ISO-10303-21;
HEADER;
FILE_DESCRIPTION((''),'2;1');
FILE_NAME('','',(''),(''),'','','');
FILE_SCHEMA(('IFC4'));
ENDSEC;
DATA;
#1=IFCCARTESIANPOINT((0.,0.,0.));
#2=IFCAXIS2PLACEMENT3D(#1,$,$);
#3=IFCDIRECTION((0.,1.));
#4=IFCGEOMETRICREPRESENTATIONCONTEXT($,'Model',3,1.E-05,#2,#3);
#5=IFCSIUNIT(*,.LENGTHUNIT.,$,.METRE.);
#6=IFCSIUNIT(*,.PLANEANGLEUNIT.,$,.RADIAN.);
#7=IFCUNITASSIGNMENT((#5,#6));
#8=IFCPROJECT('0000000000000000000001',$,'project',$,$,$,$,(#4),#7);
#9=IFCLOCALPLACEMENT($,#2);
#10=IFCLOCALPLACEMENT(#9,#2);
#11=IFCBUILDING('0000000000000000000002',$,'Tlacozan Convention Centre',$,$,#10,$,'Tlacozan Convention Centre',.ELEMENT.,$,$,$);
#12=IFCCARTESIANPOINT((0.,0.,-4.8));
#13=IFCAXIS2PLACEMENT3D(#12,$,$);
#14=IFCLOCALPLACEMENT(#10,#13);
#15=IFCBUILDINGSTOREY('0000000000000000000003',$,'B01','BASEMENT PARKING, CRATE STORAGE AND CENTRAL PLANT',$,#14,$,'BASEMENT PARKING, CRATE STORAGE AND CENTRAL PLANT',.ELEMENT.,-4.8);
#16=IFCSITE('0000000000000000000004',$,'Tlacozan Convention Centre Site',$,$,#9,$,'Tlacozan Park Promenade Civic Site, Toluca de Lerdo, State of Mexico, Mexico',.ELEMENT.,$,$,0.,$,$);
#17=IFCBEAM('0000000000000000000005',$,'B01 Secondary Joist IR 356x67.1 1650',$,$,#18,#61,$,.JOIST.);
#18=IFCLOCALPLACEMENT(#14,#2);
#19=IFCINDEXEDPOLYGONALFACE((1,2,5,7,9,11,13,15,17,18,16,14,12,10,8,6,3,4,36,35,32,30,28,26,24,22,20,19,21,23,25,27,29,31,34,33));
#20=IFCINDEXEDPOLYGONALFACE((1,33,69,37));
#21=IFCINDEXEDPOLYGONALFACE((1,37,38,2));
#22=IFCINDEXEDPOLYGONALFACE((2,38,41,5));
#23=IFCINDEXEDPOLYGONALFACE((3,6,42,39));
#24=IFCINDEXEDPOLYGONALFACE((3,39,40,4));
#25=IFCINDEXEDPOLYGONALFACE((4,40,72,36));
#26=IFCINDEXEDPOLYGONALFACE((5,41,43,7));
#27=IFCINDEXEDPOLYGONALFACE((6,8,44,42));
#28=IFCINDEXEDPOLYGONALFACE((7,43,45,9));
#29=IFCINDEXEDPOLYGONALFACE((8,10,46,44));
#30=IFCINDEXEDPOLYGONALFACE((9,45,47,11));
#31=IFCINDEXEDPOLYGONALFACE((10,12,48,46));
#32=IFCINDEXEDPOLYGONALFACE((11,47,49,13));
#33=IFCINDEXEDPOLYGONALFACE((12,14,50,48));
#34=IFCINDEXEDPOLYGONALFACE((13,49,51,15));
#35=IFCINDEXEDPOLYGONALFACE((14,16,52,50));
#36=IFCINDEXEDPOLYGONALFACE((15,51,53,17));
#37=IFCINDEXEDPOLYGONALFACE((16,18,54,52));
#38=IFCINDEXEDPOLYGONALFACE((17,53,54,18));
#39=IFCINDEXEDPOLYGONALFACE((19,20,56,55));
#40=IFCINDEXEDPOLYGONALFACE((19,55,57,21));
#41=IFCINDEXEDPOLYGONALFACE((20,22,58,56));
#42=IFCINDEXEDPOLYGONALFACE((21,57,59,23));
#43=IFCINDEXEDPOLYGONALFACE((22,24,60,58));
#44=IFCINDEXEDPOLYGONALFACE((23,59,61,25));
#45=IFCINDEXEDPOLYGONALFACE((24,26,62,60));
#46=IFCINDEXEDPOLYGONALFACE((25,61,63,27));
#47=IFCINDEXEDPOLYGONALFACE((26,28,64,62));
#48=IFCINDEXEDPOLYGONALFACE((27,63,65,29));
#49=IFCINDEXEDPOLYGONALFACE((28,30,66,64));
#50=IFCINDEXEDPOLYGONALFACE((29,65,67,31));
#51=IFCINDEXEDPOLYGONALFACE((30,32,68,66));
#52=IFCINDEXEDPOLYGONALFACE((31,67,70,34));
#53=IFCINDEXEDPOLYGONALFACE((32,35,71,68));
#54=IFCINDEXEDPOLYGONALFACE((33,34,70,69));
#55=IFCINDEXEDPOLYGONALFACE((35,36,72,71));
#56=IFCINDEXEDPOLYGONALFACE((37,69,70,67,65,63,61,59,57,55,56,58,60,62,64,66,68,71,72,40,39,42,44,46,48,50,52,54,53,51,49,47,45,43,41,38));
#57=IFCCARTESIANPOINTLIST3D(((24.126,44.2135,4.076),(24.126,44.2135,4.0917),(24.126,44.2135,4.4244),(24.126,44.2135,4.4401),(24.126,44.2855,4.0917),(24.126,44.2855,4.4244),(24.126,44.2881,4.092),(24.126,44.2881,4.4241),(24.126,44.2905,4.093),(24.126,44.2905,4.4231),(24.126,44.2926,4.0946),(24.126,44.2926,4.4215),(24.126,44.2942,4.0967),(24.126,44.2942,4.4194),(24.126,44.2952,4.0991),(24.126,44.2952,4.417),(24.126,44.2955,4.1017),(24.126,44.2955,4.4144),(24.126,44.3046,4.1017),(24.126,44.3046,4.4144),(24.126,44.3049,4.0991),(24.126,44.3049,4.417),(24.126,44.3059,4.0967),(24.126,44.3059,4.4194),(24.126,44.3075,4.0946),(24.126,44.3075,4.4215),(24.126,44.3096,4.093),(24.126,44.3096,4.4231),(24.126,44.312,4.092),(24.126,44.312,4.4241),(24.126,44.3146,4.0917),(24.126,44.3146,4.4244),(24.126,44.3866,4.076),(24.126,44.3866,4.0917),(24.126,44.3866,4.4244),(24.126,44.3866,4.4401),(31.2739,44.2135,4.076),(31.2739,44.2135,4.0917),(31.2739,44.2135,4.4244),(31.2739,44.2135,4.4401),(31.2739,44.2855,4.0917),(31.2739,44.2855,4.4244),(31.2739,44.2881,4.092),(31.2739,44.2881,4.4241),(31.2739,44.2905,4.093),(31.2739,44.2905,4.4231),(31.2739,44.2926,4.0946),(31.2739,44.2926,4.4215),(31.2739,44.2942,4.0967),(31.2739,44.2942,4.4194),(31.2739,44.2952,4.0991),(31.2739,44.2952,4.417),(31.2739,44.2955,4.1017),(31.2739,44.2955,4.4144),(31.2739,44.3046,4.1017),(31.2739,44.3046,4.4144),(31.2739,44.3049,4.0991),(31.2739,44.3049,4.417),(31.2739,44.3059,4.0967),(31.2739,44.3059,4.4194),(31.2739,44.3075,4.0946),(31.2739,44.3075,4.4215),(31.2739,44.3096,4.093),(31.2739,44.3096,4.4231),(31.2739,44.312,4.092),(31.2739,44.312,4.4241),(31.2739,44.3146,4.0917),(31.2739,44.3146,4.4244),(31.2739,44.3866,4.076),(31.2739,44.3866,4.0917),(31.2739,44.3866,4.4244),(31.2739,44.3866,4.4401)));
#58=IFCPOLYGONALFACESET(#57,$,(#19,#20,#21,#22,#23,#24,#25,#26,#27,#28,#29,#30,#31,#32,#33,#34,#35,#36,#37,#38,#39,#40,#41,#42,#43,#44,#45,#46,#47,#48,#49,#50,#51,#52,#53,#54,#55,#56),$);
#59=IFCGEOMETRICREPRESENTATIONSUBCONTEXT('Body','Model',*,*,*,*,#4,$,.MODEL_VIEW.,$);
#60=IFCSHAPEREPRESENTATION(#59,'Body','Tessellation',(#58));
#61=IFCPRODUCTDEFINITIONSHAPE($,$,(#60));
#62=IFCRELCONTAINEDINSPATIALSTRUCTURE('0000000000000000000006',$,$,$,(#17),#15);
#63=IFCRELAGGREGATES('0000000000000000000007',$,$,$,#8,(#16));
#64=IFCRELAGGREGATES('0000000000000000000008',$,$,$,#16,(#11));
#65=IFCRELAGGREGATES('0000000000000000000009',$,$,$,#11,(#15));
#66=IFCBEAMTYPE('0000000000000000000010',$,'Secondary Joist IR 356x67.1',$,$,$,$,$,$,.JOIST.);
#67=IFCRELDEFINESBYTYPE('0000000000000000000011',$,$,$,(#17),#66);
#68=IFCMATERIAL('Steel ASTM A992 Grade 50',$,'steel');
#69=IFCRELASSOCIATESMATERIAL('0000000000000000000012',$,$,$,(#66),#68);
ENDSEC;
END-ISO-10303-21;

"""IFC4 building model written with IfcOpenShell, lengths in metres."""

from ifc_helpers import new_model, si_unit, direction, frame, origin, origin_2d, place, context, subcontext, project, spatial, i_section, extrude, material, material_profile, profile_set, type_object, element, save


model = new_model("IFC4")

# Units and contexts
model_context = context("Model", 3, precision=1e-05, world=origin(), true_north=direction((0.0, 1.0)))
body_context = subcontext(model_context, "Body", "Model", "MODEL_VIEW")
ifc_project = project(units=[si_unit("LENGTHUNIT", "METRE"), si_unit("PLANEANGLEUNIT", "RADIAN")], contexts=[model_context])

# Site, building, storey
site_placement = place(None, origin())
site = spatial("IfcSite", under=ifc_project, at=site_placement, Name="Tlacozan Convention Centre Site", LongName="Tlacozan Park Promenade Civic Site, Toluca de Lerdo, State of Mexico, Mexico", CompositionType="ELEMENT", RefElevation=0.0)
building_placement = place(site_placement, origin())
building = spatial("IfcBuilding", under=site, at=building_placement, Name="Tlacozan Convention Centre", LongName="Tlacozan Convention Centre", CompositionType="ELEMENT")
storey_placement = place(building_placement, frame((0.0, 0.0, -4.8)))
storey = spatial("IfcBuildingStorey", under=building, at=storey_placement, Name="B01", Description="BASEMENT PARKING, CRATE STORAGE AND CENTRAL PLANT", LongName="BASEMENT PARKING, CRATE STORAGE AND CENTRAL PLANT", CompositionType="ELEMENT", Elevation=-4.8)

# Beam
ifc_material_1 = material(Name="Steel ASTM A992 Grade 50", Category="steel")
ifc_material_profile_1 = material_profile(ifc_material_1, i_section(OverallWidth=0.1731, OverallDepth=0.364, WebThickness=0.009, FlangeThickness=0.0156, FilletRadius=0.01, at=origin_2d()), Name="IR 356x67.1")
ifc_profile_set_1 = profile_set([ifc_material_profile_1], Name="Steel ASTM A992 Grade 50")
beam_type_1 = type_object("IfcBeamType", Name="Secondary Joist IR 356x67.1", PredefinedType="JOIST", material=ifc_profile_set_1)
for number, where, z_axis, x_axis, name in (
    (1, (24.126, 44.3, 4.2581), (1.0, 0.0, 0.0), (0.0, 1.0, 0.0), "B01 Secondary Joist IR 356x67.1 1650"),
):
    element("IfcBeam", number, at=place(storey_placement, frame(where, z_axis=z_axis, x_axis=x_axis)), inside=storey, type_object=beam_type_1, Name=name, PredefinedType="JOIST", context=body_context, shape_type="SweptSolid", body=[
        extrude(i_section(OverallWidth=0.1731, OverallDepth=0.364, WebThickness=0.009, FlangeThickness=0.0156, FilletRadius=0.01, at=origin_2d()), origin(), (0.0, 0.0, 1.0), 7.1479),
    ])

save(model, "model.ifc")
